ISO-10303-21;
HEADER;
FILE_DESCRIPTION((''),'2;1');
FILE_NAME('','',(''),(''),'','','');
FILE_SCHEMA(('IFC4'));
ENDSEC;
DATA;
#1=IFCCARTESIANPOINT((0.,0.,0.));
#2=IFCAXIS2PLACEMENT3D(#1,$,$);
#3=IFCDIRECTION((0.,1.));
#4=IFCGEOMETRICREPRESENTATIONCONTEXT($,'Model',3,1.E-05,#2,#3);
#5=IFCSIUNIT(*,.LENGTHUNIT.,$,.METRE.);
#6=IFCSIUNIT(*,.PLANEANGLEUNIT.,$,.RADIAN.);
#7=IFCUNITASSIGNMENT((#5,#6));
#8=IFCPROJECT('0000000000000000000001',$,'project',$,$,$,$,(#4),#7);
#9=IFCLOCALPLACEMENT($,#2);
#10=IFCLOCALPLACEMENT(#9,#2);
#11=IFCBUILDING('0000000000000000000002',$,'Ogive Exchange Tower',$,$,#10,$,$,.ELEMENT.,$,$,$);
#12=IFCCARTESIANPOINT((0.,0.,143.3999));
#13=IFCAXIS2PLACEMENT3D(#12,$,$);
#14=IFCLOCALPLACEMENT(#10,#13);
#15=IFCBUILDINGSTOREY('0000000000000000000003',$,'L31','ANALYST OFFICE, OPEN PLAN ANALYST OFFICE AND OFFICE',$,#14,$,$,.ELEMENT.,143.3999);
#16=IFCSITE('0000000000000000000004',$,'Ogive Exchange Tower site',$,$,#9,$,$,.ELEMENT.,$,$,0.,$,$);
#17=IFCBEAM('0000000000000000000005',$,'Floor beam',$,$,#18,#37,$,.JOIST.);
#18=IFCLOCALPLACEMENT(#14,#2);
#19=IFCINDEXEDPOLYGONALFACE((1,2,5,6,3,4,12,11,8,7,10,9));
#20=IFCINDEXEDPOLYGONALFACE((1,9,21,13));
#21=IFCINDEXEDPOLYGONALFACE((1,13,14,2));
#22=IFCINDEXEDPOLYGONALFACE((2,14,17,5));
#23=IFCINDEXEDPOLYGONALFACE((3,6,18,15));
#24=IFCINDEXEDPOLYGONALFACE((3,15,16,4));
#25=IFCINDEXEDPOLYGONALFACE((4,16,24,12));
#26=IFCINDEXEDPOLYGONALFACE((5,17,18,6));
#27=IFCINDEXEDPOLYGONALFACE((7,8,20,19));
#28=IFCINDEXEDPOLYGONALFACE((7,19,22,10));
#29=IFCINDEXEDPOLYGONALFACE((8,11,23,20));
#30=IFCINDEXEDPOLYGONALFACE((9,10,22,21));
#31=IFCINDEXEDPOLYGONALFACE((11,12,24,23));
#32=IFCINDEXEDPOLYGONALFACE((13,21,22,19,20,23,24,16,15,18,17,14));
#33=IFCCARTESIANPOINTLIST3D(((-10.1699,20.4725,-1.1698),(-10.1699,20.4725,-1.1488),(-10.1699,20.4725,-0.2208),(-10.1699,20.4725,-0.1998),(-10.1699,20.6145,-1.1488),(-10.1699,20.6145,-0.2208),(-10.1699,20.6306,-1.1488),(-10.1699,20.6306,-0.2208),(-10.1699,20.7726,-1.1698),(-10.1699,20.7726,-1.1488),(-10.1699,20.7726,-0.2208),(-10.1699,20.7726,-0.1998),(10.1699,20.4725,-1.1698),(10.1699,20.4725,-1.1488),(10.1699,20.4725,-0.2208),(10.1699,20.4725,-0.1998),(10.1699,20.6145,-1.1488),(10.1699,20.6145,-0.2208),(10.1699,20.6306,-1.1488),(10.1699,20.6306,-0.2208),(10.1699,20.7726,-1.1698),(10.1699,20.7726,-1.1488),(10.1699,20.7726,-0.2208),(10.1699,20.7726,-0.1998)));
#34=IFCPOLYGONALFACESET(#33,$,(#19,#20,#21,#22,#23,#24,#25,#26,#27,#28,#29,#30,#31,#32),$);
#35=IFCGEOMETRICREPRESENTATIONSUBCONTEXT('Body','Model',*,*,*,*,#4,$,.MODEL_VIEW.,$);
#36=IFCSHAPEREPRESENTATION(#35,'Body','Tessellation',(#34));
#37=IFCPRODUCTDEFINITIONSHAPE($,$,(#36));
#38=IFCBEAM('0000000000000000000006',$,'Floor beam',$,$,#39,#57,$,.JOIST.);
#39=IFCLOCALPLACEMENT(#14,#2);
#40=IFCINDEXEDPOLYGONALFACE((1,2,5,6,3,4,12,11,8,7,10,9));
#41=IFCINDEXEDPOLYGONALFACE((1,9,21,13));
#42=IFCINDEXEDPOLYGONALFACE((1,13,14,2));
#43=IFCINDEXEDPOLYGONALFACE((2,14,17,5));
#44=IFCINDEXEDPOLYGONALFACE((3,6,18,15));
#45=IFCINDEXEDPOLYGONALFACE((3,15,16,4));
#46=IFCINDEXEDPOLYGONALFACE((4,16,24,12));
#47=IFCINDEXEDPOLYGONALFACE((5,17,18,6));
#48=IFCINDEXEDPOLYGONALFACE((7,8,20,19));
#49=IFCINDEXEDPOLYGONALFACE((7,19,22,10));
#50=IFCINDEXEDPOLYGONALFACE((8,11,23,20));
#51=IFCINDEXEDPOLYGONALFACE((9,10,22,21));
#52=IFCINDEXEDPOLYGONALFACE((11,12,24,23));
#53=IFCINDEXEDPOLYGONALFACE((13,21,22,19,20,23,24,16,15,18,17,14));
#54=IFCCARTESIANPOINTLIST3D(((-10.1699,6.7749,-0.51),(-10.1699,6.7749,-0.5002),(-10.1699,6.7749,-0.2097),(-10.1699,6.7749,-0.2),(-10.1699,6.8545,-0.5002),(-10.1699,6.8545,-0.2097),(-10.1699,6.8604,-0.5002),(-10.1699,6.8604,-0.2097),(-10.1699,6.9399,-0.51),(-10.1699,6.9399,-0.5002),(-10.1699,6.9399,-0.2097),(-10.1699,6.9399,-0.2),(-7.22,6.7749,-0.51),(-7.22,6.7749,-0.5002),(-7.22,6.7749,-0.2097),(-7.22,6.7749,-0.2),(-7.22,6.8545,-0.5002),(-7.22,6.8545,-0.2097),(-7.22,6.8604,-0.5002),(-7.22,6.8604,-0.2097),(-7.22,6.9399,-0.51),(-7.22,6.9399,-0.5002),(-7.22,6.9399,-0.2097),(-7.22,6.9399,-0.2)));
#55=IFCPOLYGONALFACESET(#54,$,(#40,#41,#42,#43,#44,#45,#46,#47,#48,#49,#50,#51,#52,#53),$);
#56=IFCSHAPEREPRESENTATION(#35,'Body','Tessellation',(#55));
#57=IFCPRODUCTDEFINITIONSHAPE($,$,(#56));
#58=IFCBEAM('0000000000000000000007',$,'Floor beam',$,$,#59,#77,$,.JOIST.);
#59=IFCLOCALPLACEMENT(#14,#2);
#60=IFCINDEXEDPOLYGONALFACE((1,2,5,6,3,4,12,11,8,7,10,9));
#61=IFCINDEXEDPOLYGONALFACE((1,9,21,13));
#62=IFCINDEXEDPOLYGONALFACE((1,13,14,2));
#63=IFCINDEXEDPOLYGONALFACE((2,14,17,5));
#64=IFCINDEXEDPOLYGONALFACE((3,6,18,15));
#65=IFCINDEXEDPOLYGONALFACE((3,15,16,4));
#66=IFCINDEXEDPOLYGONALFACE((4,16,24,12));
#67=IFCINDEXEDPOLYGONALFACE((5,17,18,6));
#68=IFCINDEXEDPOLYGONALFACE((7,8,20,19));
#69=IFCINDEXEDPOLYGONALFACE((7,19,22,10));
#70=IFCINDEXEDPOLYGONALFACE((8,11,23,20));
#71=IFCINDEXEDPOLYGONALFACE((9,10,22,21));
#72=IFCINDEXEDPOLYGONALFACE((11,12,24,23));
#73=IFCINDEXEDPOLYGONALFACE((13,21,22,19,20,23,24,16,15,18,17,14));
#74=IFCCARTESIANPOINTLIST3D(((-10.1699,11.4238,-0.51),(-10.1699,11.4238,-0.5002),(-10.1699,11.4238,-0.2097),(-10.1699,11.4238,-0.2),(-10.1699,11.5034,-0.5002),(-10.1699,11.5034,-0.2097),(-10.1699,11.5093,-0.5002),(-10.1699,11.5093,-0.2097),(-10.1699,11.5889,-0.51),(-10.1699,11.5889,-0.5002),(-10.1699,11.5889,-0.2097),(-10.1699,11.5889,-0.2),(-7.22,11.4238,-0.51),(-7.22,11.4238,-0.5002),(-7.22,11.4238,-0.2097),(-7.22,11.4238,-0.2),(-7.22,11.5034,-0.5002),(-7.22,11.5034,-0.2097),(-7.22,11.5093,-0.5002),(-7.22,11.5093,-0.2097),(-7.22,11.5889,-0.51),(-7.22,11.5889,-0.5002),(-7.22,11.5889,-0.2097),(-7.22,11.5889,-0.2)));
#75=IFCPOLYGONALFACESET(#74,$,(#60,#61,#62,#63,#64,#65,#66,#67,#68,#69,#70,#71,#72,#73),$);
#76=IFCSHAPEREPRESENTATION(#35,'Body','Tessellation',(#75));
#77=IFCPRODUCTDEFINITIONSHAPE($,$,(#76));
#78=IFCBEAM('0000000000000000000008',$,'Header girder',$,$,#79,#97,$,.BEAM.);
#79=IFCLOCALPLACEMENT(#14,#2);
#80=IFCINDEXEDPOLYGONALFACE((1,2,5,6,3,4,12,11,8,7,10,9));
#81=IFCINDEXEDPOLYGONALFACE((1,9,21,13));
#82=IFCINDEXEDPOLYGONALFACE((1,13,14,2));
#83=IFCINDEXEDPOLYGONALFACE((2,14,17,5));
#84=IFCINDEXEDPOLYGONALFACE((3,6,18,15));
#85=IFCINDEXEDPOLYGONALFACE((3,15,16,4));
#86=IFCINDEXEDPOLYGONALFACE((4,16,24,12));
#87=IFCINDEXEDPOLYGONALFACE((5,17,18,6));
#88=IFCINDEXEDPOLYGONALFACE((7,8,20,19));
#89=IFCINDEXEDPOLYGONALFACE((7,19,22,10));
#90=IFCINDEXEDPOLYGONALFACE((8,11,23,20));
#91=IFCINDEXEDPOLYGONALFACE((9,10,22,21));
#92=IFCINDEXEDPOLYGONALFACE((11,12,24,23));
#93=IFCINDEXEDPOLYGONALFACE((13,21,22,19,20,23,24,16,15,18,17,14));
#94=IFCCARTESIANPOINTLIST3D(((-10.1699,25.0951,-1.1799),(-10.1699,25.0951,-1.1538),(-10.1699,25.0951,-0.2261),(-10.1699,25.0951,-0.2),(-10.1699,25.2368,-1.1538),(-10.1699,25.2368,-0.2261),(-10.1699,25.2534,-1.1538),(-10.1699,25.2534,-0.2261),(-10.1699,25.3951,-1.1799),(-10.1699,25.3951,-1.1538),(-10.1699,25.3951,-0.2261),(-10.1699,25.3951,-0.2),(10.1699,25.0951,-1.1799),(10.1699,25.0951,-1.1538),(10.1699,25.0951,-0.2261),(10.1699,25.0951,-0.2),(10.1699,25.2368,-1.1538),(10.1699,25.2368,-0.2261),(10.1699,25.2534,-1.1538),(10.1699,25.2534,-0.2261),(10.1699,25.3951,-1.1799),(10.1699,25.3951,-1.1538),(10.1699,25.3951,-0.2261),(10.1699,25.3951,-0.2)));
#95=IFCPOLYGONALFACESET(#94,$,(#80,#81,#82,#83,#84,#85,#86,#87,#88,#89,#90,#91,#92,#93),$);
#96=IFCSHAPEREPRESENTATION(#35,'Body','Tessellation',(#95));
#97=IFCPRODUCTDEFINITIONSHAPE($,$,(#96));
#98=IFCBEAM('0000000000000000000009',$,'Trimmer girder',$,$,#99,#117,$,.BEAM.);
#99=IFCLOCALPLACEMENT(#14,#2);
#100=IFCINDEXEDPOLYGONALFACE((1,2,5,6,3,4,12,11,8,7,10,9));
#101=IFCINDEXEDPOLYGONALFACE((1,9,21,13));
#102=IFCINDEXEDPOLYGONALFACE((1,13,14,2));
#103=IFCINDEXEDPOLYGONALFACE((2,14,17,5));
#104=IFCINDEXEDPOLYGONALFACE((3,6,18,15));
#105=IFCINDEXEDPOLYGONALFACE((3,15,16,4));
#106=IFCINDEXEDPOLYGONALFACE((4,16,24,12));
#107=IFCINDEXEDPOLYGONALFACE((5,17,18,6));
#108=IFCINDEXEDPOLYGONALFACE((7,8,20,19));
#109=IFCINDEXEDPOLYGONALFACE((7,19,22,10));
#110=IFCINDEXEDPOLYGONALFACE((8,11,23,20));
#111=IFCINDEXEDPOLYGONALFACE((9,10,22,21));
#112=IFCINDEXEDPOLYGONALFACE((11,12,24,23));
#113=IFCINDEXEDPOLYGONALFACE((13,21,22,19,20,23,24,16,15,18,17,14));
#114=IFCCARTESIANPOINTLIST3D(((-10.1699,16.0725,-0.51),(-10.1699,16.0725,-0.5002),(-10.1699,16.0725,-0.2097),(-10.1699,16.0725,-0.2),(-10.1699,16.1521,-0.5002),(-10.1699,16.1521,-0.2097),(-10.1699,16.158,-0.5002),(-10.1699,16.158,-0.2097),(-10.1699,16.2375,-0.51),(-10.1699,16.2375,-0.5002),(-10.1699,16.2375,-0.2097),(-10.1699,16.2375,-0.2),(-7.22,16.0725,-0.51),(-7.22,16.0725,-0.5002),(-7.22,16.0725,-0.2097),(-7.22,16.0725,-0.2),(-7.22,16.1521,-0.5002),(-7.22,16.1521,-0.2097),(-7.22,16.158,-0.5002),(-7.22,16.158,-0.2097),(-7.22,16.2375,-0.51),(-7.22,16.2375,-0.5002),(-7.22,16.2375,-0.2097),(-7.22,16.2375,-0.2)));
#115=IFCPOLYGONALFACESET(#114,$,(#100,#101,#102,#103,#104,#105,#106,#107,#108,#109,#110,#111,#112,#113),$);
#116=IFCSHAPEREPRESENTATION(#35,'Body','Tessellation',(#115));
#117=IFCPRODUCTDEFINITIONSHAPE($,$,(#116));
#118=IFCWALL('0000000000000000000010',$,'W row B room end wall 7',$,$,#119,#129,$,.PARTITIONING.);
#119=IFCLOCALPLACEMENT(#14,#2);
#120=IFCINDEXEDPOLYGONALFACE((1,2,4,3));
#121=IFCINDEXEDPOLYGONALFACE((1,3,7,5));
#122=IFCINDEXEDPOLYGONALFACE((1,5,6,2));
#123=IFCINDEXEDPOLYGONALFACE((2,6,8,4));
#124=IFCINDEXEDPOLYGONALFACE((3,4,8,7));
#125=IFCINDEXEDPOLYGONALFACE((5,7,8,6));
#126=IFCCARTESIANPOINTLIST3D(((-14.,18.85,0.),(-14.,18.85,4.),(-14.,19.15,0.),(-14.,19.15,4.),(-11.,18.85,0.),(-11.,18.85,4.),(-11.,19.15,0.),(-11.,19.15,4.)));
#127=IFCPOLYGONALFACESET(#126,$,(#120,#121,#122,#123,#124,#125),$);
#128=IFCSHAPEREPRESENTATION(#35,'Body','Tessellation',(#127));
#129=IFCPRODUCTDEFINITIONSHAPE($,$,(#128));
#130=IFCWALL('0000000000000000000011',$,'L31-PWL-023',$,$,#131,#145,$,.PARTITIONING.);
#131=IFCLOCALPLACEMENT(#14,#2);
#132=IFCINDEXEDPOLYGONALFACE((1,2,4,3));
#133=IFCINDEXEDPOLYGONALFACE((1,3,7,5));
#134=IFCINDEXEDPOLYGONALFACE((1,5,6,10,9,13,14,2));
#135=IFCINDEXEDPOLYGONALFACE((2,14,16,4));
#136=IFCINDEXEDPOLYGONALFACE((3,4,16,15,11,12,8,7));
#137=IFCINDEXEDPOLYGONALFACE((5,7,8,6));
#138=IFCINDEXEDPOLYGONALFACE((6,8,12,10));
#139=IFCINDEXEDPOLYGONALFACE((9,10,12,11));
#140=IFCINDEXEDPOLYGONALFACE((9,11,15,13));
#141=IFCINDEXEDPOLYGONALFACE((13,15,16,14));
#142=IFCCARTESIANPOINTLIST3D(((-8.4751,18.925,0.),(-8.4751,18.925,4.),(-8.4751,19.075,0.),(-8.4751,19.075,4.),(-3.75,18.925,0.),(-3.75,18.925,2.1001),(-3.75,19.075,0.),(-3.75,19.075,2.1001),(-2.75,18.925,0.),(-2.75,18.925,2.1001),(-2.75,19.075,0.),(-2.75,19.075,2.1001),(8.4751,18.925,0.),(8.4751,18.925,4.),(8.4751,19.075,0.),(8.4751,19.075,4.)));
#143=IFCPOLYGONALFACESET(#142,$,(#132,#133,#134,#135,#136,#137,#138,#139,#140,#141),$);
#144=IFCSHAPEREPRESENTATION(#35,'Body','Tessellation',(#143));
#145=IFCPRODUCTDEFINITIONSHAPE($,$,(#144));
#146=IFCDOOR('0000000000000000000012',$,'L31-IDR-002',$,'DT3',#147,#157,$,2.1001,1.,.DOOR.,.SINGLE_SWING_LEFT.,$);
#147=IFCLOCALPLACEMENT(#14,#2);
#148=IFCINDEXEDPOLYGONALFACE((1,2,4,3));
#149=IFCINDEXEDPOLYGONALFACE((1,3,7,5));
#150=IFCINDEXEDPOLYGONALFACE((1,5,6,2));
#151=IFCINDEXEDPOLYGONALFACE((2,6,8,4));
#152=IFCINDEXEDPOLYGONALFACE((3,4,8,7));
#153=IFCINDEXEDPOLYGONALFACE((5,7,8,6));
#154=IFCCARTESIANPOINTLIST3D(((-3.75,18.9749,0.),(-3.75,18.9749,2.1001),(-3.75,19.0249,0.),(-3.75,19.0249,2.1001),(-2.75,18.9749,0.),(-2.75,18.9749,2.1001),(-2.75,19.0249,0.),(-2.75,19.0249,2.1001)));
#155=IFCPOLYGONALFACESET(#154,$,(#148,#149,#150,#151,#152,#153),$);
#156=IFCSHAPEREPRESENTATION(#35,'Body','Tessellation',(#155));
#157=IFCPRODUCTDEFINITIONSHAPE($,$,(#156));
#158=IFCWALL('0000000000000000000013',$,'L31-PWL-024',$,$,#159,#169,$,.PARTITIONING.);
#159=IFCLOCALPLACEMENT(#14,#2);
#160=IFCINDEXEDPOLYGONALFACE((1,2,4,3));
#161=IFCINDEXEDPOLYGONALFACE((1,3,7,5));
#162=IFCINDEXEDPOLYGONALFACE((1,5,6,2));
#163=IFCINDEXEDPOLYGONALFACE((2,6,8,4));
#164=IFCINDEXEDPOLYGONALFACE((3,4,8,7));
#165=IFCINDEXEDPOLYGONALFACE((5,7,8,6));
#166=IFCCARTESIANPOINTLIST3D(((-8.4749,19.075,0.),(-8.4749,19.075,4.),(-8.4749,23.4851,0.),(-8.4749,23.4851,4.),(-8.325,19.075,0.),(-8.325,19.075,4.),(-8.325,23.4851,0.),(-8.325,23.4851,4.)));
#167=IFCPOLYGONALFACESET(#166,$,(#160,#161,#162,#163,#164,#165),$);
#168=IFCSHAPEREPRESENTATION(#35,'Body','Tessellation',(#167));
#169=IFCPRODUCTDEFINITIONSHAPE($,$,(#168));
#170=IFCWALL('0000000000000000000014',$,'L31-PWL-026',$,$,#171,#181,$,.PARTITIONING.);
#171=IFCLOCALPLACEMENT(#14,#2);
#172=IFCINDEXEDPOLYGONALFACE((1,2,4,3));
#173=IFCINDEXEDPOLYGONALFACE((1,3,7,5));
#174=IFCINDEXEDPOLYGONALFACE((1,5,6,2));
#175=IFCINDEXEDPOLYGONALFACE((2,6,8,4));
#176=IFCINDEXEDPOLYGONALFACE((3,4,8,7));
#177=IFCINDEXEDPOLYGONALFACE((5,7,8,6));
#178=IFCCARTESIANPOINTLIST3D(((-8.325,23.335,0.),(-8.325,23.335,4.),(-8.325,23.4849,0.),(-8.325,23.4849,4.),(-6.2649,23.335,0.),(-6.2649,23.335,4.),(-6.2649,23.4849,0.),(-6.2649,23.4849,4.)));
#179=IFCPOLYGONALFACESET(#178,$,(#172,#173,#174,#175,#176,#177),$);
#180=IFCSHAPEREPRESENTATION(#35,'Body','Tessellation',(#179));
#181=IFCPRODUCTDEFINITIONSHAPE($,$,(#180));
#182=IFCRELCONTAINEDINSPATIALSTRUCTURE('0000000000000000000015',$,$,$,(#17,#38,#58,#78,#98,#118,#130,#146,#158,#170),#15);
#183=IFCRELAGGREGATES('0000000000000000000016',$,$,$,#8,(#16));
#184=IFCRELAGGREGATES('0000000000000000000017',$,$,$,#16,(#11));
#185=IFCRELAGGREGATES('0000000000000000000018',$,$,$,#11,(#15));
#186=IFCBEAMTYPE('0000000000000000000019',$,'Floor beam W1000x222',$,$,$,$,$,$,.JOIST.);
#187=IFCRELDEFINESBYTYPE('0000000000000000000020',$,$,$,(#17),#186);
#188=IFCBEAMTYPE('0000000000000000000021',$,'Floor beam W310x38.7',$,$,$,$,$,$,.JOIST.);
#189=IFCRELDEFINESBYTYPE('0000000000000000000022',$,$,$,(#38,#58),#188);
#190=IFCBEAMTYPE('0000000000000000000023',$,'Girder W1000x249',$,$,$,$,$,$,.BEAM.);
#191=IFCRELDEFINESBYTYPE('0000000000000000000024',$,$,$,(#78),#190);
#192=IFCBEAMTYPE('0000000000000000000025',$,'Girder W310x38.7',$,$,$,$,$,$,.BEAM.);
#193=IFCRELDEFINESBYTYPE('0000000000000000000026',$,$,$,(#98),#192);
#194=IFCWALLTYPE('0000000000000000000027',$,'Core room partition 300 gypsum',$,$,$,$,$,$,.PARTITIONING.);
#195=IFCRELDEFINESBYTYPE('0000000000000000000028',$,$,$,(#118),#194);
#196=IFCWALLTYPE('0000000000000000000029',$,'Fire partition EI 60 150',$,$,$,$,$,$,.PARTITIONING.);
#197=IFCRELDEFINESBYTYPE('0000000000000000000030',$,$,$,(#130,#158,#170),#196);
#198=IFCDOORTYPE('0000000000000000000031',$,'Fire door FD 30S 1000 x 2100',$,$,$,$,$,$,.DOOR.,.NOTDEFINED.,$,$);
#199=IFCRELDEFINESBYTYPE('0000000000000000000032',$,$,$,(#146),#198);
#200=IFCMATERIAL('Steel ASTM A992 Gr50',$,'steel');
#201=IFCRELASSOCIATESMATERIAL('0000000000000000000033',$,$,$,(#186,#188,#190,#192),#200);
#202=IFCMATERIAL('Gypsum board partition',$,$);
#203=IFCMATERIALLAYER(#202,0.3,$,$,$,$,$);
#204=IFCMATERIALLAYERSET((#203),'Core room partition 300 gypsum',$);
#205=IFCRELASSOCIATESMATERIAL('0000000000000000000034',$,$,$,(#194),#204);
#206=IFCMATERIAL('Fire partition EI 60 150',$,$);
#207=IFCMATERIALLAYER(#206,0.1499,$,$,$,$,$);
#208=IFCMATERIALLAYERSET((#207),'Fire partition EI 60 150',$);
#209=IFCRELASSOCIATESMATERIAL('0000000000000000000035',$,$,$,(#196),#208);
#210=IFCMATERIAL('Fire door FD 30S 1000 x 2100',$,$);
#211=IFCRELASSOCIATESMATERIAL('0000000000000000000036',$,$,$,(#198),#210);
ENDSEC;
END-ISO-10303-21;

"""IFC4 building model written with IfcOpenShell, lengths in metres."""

from ifc_helpers import new_model, si_unit, direction, frame, frame_2d, origin, origin_2d, place, context, subcontext, project, spatial, rectangle, i_section, extrude, material, layer, layer_set, material_profile, profile_set, type_object, element, fill, save


model = new_model("IFC4")

# Units and contexts
model_context = context("Model", 3, precision=1e-05, world=origin(), true_north=direction((0.0, 1.0)))
body_context = subcontext(model_context, "Body", "Model", "MODEL_VIEW")
ifc_project = project(units=[si_unit("LENGTHUNIT", "METRE"), si_unit("PLANEANGLEUNIT", "RADIAN")], contexts=[model_context])

# Site, building, storey
site_placement = place(None, origin())
site = spatial("IfcSite", under=ifc_project, at=site_placement, Name="Ogive Exchange Tower site", CompositionType="ELEMENT", RefElevation=0.0)
building_placement = place(site_placement, origin())
building = spatial("IfcBuilding", under=site, at=building_placement, Name="Ogive Exchange Tower", CompositionType="ELEMENT")
storey_placement = place(building_placement, frame((0.0, 0.0, 143.3999)))
storey = spatial("IfcBuildingStorey", under=building, at=storey_placement, Name="L31", Description="ANALYST OFFICE, OPEN PLAN ANALYST OFFICE AND OFFICE", CompositionType="ELEMENT", Elevation=143.3999)

# Beams
ifc_material_1 = material(Name="Steel ASTM A992 Gr50", Category="steel")
ifc_material_profile_1 = material_profile(ifc_material_1, i_section(OverallWidth=0.3, OverallDepth=0.97, WebThickness=0.0161, FlangeThickness=0.021, at=origin_2d()), Name="W1000x222")
ifc_profile_set_1 = profile_set([ifc_material_profile_1], Name="Steel ASTM A992 Gr50")
beam_type_1 = type_object("IfcBeamType", Name="Floor beam W1000x222", PredefinedType="JOIST", material=ifc_profile_set_1)
beam_1_placement = place(storey_placement, frame((-10.1699, 20.6226, -0.6848), z_axis=(1.0, 0.0, 0.0), x_axis=(0.0, 1.0, 0.0)))
element("IfcBeam", 1, at=beam_1_placement, inside=storey, type_object=beam_type_1, Name="Floor beam", PredefinedType="JOIST", context=body_context, shape_type="SweptSolid", body=[
    extrude(i_section(OverallWidth=0.3, OverallDepth=0.97, WebThickness=0.0161, FlangeThickness=0.021, at=origin_2d()), origin(), (0.0, 0.0, 1.0), 20.3398),
])
ifc_material_profile_2 = material_profile(ifc_material_1, i_section(OverallWidth=0.165, OverallDepth=0.3101, WebThickness=0.0059, FlangeThickness=0.0098, at=origin_2d()), Name="W310x38.7")
ifc_profile_set_2 = profile_set([ifc_material_profile_2], Name="Steel ASTM A992 Gr50")
beam_type_2 = type_object("IfcBeamType", Name="Floor beam W310x38.7", PredefinedType="JOIST", material=ifc_profile_set_2)
for number, where, z_axis, x_axis, name in (
    (2, (-10.1699, 6.8574, -0.355), (1.0, 0.0, 0.0), (0.0, 1.0, 0.0), "Floor beam"),
    (3, (-10.1699, 11.5063, -0.355), (1.0, 0.0, 0.0), (0.0, 1.0, 0.0), "Floor beam"),
):
    element("IfcBeam", number, at=place(storey_placement, frame(where, z_axis=z_axis, x_axis=x_axis)), inside=storey, type_object=beam_type_2, Name=name, PredefinedType="JOIST", context=body_context, shape_type="SweptSolid", body=[
        extrude(i_section(OverallWidth=0.165, OverallDepth=0.3101, WebThickness=0.0059, FlangeThickness=0.0098, at=origin_2d()), origin(), (0.0, 0.0, 1.0), 2.95),
    ])
ifc_material_profile_3 = material_profile(ifc_material_1, i_section(OverallWidth=0.3, OverallDepth=0.98, WebThickness=0.0166, FlangeThickness=0.0261, at=origin_2d()), Name="W1000x249")
ifc_profile_set_3 = profile_set([ifc_material_profile_3], Name="Steel ASTM A992 Gr50")
beam_type_3 = type_object("IfcBeamType", Name="Girder W1000x249", PredefinedType="BEAM", material=ifc_profile_set_3)
beam_2_placement = place(storey_placement, frame((-10.1699, 25.2451, -0.6899), z_axis=(1.0, 0.0, 0.0), x_axis=(0.0, 1.0, 0.0)))
element("IfcBeam", 4, at=beam_2_placement, inside=storey, type_object=beam_type_3, Name="Header girder", PredefinedType="BEAM", context=body_context, shape_type="SweptSolid", body=[
    extrude(i_section(OverallWidth=0.3, OverallDepth=0.98, WebThickness=0.0166, FlangeThickness=0.0261, at=origin_2d()), origin(), (0.0, 0.0, 1.0), 20.3398),
])
ifc_material_profile_4 = material_profile(ifc_material_1, i_section(OverallWidth=0.165, OverallDepth=0.3101, WebThickness=0.0059, FlangeThickness=0.0098, at=origin_2d()), Name="W310x38.7")
ifc_profile_set_4 = profile_set([ifc_material_profile_4], Name="Steel ASTM A992 Gr50")
beam_type_4 = type_object("IfcBeamType", Name="Girder W310x38.7", PredefinedType="BEAM", material=ifc_profile_set_4)
beam_3_placement = place(storey_placement, frame((-10.1699, 16.155, -0.355), z_axis=(1.0, 0.0, 0.0), x_axis=(0.0, 1.0, 0.0)))
element("IfcBeam", 5, at=beam_3_placement, inside=storey, type_object=beam_type_4, Name="Trimmer girder", PredefinedType="BEAM", context=body_context, shape_type="SweptSolid", body=[
    extrude(i_section(OverallWidth=0.165, OverallDepth=0.3101, WebThickness=0.0059, FlangeThickness=0.0098, at=origin_2d()), origin(), (0.0, 0.0, 1.0), 2.95),
])

# Wall
ifc_material_2 = material(Name="Gypsum board partition")
ifc_layer_1 = layer(ifc_material_2, 0.3)
ifc_layer_set_1 = layer_set([ifc_layer_1], Name="Core room partition 300 gypsum")
wall_type_1 = type_object("IfcWallType", Name="Core room partition 300 gypsum", PredefinedType="PARTITIONING", material=ifc_layer_set_1)
wall_1_placement = place(storey_placement, frame((-14.0, 19.0, 0.0), z_axis=(0.0, 0.0, 1.0), x_axis=(1.0, 0.0, 0.0)))
element("IfcWall", 6, at=wall_1_placement, inside=storey, type_object=wall_type_1, Name="W row B room end wall 7", PredefinedType="PARTITIONING", context=body_context, shape_type="SweptSolid", body=[
    extrude(rectangle(XDim=3.0, YDim=0.3, at=frame_2d((1.5, 0.0))), origin(), (0.0, 0.0, 1.0), 4.0),
])

# Wall, opening, door
ifc_material_3 = material(Name="Fire partition EI 60 150")
ifc_layer_2 = layer(ifc_material_3, 0.1499)
ifc_layer_set_2 = layer_set([ifc_layer_2], Name="Fire partition EI 60 150")
wall_type_2 = type_object("IfcWallType", Name="Fire partition EI 60 150", PredefinedType="PARTITIONING", material=ifc_layer_set_2)
wall_2_placement = place(storey_placement, frame((-8.4751, 19.0, 0.0), z_axis=(0.0, 0.0, 1.0), x_axis=(1.0, 0.0, 0.0)))
wall_2 = element("IfcWall", 7, at=wall_2_placement, inside=storey, type_object=wall_type_2, Name="L31-PWL-023", PredefinedType="PARTITIONING", context=body_context, shape_type="SweptSolid", body=[
    extrude(rectangle(XDim=16.9502, YDim=0.1499, at=frame_2d((8.4751, 0.0))), origin(), (0.0, 0.0, 1.0), 4.0),
])
opening_1_placement = place(wall_2_placement, frame((4.7251, 0.0, 0.0)))
opening_1 = element("IfcOpeningElement", 8, at=opening_1_placement, cuts=wall_2, PredefinedType="OPENING", context=body_context, shape_type="SweptSolid", body=[
    extrude(rectangle(XDim=1.0, YDim=2.1001, at=frame_2d((0.5, 1.05))), frame((0.0, 0.085, 0.0), z_axis=(0.0, -1.0, 0.0), x_axis=(1.0, 0.0, 0.0)), (0.0, 0.0, 1.0), 0.1699),
])
ifc_material_4 = material(Name="Fire door FD 30S 1000 x 2100")
door_type_1 = type_object("IfcDoorType", Name="Fire door FD 30S 1000 x 2100", OperationType="NOTDEFINED", PredefinedType="DOOR", material=ifc_material_4)
door_1_placement = place(opening_1_placement, origin())
door_1 = element("IfcDoor", 9, at=door_1_placement, inside=storey, type_object=door_type_1, Name="L31-IDR-002", ObjectType="DT3", OperationType="SINGLE_SWING_LEFT", OverallHeight=2.1001, OverallWidth=1.0, PredefinedType="DOOR", context=body_context, shape_type="SweptSolid", body=[
    extrude(rectangle(XDim=1.0, YDim=2.1001, at=frame_2d((0.5, 1.05))), frame((0.0, 0.0249, 0.0), z_axis=(0.0, -1.0, 0.0), x_axis=(1.0, 0.0, 0.0)), (0.0, 0.0, 1.0), 0.05),
])
fill(opening_1, door_1)

# Walls
wall_3_placement = place(storey_placement, frame((-8.3999, 23.4851, 0.0), z_axis=(0.0, 0.0, 1.0), x_axis=(0.0, -1.0, 0.0)))
element("IfcWall", 10, at=wall_3_placement, inside=storey, type_object=wall_type_2, Name="L31-PWL-024", PredefinedType="PARTITIONING", context=body_context, shape_type="SweptSolid", body=[
    extrude(rectangle(XDim=4.4102, YDim=0.1499, at=frame_2d((2.2051, 0.0))), origin(), (0.0, 0.0, 1.0), 4.0),
])
wall_4_placement = place(storey_placement, frame((-6.2649, 23.4099, 0.0), z_axis=(0.0, 0.0, 1.0), x_axis=(-1.0, 0.0, 0.0)))
element("IfcWall", 11, at=wall_4_placement, inside=storey, type_object=wall_type_2, Name="L31-PWL-026", PredefinedType="PARTITIONING", context=body_context, shape_type="SweptSolid", body=[
    extrude(rectangle(XDim=2.0601, YDim=0.1499, at=frame_2d((1.03, 0.0))), origin(), (0.0, 0.0, 1.0), 4.0),
])

save(model, "model.ifc")
